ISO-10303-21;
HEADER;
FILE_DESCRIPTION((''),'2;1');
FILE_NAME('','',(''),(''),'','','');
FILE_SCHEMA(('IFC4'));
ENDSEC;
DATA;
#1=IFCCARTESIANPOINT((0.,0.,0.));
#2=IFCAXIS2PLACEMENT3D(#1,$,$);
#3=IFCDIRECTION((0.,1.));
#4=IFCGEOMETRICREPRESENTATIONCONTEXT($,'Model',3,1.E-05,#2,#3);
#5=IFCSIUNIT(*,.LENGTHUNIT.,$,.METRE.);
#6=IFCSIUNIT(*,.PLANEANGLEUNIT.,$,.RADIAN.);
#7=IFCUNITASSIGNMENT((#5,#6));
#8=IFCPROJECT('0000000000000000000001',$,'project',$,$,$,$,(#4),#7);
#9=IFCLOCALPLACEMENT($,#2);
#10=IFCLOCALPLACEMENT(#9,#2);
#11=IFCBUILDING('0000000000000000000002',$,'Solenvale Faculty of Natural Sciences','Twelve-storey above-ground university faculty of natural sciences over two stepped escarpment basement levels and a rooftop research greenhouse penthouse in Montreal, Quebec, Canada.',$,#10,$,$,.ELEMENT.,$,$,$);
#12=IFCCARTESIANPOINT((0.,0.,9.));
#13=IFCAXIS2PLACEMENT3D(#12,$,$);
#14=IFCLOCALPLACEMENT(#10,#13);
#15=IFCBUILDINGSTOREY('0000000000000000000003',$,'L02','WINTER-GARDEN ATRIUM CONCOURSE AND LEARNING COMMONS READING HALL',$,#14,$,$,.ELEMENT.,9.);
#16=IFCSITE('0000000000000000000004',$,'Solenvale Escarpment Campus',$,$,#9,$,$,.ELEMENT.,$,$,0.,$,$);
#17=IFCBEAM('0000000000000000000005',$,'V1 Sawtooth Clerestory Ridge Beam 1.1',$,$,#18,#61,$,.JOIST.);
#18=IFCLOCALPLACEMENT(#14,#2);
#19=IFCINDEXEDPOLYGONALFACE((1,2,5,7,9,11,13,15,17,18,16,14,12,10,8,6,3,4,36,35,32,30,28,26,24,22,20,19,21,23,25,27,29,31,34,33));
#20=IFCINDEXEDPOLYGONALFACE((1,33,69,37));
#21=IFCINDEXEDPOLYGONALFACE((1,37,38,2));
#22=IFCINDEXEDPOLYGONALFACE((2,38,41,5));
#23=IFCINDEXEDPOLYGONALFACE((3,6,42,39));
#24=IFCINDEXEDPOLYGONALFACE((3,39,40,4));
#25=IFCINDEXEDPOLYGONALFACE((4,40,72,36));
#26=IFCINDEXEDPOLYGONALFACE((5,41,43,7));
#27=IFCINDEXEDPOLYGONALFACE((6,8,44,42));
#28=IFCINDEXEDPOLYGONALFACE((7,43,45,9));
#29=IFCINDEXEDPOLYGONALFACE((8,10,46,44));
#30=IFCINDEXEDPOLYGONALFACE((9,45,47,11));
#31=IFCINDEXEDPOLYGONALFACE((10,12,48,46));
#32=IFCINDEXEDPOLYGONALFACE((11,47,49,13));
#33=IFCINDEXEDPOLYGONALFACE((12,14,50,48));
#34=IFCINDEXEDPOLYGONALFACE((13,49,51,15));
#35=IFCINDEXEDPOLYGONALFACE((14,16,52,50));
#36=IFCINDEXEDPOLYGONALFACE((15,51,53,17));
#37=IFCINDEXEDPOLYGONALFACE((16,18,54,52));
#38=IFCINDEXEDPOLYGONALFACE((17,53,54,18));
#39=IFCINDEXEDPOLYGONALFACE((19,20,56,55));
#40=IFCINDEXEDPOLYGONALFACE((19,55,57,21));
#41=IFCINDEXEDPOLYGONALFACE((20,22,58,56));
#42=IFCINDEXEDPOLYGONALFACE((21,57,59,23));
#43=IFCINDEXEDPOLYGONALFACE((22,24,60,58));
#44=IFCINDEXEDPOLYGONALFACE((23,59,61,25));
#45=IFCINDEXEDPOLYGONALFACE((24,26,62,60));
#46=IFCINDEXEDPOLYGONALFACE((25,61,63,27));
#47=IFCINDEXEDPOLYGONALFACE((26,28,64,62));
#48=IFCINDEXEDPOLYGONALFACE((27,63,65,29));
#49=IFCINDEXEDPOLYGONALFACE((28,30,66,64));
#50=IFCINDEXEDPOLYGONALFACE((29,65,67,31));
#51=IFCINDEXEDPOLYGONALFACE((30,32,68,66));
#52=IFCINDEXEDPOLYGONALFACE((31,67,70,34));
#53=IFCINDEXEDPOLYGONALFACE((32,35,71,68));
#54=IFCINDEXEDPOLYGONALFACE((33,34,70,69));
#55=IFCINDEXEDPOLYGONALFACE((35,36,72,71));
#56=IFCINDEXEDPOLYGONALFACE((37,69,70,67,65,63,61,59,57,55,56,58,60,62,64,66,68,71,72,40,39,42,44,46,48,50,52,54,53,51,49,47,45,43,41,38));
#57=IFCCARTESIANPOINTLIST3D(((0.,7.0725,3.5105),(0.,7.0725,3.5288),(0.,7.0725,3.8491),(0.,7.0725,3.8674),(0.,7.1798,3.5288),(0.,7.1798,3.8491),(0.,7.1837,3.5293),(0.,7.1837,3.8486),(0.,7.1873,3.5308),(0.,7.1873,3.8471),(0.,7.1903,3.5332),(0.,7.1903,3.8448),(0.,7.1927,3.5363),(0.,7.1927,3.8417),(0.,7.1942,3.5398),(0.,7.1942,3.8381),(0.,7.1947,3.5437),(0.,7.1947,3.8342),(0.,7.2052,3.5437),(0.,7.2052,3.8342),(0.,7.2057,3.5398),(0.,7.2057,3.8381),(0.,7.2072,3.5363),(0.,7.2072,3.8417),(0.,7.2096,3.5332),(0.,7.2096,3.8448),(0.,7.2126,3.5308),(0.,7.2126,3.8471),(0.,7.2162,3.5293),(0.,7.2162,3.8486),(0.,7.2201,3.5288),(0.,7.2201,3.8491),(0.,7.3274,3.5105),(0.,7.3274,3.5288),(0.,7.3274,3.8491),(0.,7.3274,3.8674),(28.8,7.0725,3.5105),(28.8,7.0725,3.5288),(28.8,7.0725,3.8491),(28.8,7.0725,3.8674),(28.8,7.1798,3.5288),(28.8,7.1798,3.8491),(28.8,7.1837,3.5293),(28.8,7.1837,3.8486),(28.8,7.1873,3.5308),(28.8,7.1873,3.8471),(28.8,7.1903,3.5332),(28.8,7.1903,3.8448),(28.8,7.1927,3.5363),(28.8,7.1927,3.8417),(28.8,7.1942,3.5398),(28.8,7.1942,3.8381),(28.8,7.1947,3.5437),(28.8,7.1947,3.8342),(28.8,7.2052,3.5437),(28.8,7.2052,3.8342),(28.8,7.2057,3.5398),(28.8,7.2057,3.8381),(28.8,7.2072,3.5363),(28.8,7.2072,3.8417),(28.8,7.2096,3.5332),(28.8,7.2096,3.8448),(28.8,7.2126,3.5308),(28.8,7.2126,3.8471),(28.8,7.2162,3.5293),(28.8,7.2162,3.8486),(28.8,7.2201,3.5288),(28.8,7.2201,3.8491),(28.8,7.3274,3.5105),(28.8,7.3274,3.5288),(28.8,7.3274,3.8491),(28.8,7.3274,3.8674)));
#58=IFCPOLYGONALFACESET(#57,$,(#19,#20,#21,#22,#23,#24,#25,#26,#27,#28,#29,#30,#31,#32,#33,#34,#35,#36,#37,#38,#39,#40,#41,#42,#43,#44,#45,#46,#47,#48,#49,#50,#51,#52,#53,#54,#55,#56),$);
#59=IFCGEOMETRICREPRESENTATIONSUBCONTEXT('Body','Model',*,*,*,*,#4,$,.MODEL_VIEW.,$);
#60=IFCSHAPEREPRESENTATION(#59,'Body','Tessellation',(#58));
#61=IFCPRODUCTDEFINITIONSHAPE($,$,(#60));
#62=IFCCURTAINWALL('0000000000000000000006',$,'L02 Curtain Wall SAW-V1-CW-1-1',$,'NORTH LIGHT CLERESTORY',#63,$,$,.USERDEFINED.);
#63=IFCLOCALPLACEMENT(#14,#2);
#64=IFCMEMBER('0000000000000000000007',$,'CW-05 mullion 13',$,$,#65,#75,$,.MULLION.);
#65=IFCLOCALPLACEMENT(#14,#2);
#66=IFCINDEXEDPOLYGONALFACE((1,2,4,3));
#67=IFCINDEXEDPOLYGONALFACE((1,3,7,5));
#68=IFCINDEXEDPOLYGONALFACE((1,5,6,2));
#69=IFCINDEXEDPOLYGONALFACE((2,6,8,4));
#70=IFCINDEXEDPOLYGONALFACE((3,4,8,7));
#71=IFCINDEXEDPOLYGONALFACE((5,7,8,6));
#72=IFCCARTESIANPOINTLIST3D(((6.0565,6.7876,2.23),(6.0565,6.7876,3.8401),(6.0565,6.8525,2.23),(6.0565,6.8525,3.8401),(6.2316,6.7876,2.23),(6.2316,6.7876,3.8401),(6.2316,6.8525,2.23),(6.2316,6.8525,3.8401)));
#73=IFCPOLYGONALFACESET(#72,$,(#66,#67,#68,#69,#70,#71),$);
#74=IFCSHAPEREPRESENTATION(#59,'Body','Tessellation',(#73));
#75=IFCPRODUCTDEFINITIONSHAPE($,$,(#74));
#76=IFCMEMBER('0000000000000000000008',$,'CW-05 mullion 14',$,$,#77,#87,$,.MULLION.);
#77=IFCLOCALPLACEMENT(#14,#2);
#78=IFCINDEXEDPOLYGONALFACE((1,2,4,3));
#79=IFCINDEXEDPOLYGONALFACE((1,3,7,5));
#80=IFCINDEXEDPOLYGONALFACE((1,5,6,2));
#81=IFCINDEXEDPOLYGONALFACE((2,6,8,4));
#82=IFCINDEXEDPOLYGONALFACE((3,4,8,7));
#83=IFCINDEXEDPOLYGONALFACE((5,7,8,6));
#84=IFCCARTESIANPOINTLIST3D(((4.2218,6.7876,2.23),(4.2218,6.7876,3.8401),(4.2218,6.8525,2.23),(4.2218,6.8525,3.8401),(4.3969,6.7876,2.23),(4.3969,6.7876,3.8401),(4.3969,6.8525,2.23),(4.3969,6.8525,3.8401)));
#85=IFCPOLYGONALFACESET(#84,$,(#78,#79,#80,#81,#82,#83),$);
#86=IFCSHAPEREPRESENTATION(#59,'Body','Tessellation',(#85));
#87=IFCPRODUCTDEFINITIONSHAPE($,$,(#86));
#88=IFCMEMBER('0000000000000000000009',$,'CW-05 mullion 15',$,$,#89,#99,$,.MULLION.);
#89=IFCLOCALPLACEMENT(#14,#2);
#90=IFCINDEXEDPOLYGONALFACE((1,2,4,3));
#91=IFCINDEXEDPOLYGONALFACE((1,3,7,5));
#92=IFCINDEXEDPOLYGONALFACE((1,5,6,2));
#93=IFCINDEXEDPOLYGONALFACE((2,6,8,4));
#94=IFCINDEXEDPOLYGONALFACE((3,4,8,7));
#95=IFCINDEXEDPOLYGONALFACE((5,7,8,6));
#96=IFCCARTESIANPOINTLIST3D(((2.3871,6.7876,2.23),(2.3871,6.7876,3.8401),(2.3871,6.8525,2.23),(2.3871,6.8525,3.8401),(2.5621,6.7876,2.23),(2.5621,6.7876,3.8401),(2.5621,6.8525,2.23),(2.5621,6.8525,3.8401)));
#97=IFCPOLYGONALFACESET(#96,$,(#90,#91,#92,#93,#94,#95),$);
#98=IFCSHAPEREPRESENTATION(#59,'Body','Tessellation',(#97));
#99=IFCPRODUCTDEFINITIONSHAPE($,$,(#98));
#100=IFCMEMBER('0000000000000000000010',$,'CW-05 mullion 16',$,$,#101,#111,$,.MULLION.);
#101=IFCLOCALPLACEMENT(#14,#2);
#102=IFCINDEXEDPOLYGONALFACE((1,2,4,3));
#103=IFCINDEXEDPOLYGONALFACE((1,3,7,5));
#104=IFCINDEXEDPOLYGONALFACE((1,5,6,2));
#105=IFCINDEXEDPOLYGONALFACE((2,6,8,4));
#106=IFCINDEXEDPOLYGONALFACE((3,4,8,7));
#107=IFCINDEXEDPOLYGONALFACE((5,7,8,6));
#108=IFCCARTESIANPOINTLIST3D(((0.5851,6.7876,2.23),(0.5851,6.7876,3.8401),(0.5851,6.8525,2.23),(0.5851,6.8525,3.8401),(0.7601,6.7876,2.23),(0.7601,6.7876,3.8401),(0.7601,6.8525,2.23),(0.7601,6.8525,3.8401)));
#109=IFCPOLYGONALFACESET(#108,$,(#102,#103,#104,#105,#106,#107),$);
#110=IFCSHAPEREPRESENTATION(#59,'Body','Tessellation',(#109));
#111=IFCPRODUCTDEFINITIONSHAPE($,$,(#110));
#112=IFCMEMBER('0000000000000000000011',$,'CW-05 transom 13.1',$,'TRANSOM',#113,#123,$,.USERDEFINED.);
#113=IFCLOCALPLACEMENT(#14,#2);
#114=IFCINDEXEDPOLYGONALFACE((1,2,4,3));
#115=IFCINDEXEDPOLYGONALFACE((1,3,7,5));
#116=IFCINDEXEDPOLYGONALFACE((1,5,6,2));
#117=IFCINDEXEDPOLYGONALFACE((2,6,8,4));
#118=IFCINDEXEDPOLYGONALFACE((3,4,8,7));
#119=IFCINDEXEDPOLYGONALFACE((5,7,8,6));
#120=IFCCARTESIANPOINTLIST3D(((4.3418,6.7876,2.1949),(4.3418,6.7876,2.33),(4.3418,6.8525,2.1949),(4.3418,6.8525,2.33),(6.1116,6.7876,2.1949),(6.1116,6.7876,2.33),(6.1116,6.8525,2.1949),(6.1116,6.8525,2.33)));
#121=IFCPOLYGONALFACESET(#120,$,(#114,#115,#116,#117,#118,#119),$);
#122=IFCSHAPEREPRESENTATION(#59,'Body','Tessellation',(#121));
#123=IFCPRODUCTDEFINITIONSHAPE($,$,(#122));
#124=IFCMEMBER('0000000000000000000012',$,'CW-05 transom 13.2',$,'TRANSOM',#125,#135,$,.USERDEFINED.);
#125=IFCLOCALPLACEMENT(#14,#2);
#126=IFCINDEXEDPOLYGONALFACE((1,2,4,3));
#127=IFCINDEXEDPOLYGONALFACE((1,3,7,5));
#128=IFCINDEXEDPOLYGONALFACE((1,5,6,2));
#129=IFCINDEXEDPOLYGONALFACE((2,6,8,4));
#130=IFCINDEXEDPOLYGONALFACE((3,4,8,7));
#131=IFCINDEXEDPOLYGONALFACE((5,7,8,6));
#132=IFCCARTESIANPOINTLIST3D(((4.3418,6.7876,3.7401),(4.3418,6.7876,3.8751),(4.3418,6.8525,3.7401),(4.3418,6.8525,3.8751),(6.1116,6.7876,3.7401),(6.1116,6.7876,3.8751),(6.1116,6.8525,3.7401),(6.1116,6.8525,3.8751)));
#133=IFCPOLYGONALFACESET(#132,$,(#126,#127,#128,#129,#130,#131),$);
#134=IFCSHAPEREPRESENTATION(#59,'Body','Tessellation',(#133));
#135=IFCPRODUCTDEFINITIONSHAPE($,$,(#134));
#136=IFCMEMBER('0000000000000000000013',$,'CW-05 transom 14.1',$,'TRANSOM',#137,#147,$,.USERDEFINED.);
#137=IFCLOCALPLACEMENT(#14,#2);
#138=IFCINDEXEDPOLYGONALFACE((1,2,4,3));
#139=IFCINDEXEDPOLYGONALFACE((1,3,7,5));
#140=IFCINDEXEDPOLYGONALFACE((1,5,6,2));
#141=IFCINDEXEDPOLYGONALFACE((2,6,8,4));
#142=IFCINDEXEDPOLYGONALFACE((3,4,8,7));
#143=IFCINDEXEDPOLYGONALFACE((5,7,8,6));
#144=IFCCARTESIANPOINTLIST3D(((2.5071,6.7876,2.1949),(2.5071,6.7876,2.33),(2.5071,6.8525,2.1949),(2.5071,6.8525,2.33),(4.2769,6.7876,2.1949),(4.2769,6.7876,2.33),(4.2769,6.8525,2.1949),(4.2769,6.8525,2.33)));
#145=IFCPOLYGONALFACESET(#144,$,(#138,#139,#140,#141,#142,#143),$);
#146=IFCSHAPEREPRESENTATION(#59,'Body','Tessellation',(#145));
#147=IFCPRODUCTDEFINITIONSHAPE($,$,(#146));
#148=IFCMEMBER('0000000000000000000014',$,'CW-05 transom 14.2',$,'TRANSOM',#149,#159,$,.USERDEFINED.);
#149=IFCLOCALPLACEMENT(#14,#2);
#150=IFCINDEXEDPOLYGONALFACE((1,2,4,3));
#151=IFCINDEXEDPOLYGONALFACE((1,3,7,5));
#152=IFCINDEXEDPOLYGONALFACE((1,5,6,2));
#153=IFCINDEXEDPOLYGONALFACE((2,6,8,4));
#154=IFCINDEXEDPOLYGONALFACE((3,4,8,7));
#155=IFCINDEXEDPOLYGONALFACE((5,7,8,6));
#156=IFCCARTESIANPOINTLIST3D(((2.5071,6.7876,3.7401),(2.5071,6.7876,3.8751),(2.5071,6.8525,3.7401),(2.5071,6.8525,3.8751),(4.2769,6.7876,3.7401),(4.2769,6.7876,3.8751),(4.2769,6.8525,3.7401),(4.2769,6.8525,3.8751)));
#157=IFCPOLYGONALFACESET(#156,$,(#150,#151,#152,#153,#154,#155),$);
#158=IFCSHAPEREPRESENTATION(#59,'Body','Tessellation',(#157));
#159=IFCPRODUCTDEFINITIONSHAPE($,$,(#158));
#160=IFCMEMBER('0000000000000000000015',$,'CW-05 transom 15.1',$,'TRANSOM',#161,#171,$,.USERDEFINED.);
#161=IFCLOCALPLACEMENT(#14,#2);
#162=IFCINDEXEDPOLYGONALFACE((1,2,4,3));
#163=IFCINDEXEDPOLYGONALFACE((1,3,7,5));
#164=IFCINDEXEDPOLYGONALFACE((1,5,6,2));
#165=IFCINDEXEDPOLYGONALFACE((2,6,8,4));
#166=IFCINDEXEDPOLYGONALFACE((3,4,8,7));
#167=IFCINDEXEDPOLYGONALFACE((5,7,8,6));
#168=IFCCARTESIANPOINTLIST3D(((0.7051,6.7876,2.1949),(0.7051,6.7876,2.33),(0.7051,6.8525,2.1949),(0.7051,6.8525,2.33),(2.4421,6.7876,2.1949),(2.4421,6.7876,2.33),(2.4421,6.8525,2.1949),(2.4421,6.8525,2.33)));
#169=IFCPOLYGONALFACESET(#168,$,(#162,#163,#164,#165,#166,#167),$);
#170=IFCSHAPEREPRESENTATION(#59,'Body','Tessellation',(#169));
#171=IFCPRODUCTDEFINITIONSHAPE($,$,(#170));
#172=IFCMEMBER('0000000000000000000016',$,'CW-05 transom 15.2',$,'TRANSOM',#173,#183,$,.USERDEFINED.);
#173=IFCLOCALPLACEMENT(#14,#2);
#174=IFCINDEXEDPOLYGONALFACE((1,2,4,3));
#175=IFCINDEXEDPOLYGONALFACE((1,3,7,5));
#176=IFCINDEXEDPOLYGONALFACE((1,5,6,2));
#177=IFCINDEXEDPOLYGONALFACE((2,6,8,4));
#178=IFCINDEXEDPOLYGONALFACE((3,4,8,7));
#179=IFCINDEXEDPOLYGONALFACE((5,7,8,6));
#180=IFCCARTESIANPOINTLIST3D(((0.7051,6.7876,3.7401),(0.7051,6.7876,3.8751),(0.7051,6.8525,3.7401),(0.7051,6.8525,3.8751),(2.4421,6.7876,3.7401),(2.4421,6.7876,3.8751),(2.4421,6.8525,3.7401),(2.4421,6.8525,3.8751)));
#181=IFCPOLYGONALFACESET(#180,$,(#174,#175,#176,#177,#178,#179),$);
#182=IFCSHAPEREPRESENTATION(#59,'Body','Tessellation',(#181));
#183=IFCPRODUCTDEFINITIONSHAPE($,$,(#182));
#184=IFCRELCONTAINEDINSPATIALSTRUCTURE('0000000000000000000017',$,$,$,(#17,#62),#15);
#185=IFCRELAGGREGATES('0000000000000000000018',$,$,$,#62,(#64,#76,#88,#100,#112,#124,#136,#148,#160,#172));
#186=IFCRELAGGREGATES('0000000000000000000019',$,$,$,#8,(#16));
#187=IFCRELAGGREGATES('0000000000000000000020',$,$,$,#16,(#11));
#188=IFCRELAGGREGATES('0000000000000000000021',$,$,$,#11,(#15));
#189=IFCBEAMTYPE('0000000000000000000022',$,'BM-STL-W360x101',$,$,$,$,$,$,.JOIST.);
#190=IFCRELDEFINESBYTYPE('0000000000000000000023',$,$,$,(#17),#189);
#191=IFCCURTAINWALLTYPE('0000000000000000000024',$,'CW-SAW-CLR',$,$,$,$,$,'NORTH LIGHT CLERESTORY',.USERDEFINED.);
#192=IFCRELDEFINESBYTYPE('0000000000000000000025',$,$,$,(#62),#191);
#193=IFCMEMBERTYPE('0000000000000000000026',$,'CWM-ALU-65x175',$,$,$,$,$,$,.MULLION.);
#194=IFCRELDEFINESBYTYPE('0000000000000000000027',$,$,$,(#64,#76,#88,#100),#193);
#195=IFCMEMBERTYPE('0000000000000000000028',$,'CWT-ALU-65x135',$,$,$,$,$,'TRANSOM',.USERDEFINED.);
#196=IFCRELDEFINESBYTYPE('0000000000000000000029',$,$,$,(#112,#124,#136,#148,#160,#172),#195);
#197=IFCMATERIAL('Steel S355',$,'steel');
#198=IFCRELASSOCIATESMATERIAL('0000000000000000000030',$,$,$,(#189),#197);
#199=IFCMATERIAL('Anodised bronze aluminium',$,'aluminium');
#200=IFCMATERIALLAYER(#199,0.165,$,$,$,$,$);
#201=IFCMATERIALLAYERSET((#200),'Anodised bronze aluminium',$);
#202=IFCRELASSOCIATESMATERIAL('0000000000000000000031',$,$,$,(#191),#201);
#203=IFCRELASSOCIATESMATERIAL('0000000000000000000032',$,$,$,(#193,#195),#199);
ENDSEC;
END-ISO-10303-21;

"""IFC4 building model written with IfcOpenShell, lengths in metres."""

from ifc_helpers import new_model, si_unit, direction, frame, origin, origin_2d, place, context, subcontext, project, spatial, rectangle, i_section, extrude, material, layer, layer_set, material_profile, profile_set, type_object, element, aggregate, save


model = new_model("IFC4")

# Units and contexts
model_context = context("Model", 3, precision=1e-05, world=origin(), true_north=direction((0.0, 1.0)))
body_context = subcontext(model_context, "Body", "Model", "MODEL_VIEW")
ifc_project = project(units=[si_unit("LENGTHUNIT", "METRE"), si_unit("PLANEANGLEUNIT", "RADIAN")], contexts=[model_context])

# Site, building, storey
site_placement = place(None, origin())
site = spatial("IfcSite", under=ifc_project, at=site_placement, Name="Solenvale Escarpment Campus", CompositionType="ELEMENT", RefElevation=0.0)
building_placement = place(site_placement, origin())
building = spatial("IfcBuilding", under=site, at=building_placement, Name="Solenvale Faculty of Natural Sciences", Description="Twelve-storey above-ground university faculty of natural sciences over two stepped escarpment basement levels and a rooftop research greenhouse penthouse in Montreal, Quebec, Canada.", CompositionType="ELEMENT")
storey_placement = place(building_placement, frame((0.0, 0.0, 9.0)))
storey = spatial("IfcBuildingStorey", under=building, at=storey_placement, Name="L02", Description="WINTER-GARDEN ATRIUM CONCOURSE AND LEARNING COMMONS READING HALL", CompositionType="ELEMENT", Elevation=9.0)

# Shared definitions
ifc_material_1 = material(Name="Steel S355", Category="steel")

# Beam
ifc_material_profile_1 = material_profile(ifc_material_1, i_section(OverallWidth=0.2549, OverallDepth=0.3569, WebThickness=0.0105, FlangeThickness=0.0183, FilletRadius=0.0149, at=origin_2d()), Name="W360x101")
ifc_profile_set_1 = profile_set([ifc_material_profile_1], Name="Steel S355")
beam_type_1 = type_object("IfcBeamType", Name="BM-STL-W360x101", PredefinedType="JOIST", material=ifc_profile_set_1)
beam_placement = place(storey_placement, frame((0.0, 7.2, 3.689), z_axis=(1.0, 0.0, 0.0), x_axis=(0.0, 1.0, 0.0)))
element("IfcBeam", 1, at=beam_placement, inside=storey, type_object=beam_type_1, Name="V1 Sawtooth Clerestory Ridge Beam 1.1", PredefinedType="JOIST", context=body_context, shape_type="SweptSolid", body=[
    extrude(i_section(OverallWidth=0.2549, OverallDepth=0.3569, WebThickness=0.0105, FlangeThickness=0.0183, FilletRadius=0.0149, at=origin_2d()), origin(), (0.0, 0.0, 1.0), 28.8),
])

# Curtain wall, members
ifc_material_2 = material(Name="Anodised bronze aluminium", Category="aluminium")
ifc_layer_1 = layer(ifc_material_2, 0.165)
ifc_layer_set_1 = layer_set([ifc_layer_1], Name="Anodised bronze aluminium")
curtain_wall_type = type_object("IfcCurtainWallType", Name="CW-SAW-CLR", ElementType="NORTH LIGHT CLERESTORY", PredefinedType="USERDEFINED", material=ifc_layer_set_1)
curtain_wall_placement = place(storey_placement, origin())
curtain_wall = element("IfcCurtainWall", 2, at=curtain_wall_placement, inside=storey, type_object=curtain_wall_type, Name="L02 Curtain Wall SAW-V1-CW-1-1", ObjectType="NORTH LIGHT CLERESTORY", PredefinedType="USERDEFINED")
ifc_material_profile_2 = material_profile(ifc_material_2, rectangle(XDim=0.0649, YDim=0.175, at=origin_2d()), Name="ALU-MUL-65x175")
ifc_profile_set_2 = profile_set([ifc_material_profile_2], Name="Anodised bronze aluminium")
member_type_1 = type_object("IfcMemberType", Name="CWM-ALU-65x175", PredefinedType="MULLION", material=ifc_profile_set_2)
member_1_placement = place(storey_placement, frame((6.144, 6.8201, 2.23), z_axis=(0.0, 0.0, 1.0), x_axis=(0.0, -1.0, 0.0)))
member_1 = element("IfcMember", 3, at=member_1_placement, type_object=member_type_1, Name="CW-05 mullion 13", PredefinedType="MULLION", context=body_context, shape_type="SweptSolid", body=[
    extrude(rectangle(XDim=0.0649, YDim=0.175, at=origin_2d()), origin(), (0.0, 0.0, 1.0), 1.6101),
])
member_2_placement = place(storey_placement, frame((4.3093, 6.8201, 2.23), z_axis=(0.0, 0.0, 1.0), x_axis=(0.0, -1.0, 0.0)))
member_2 = element("IfcMember", 4, at=member_2_placement, type_object=member_type_1, Name="CW-05 mullion 14", PredefinedType="MULLION", context=body_context, shape_type="SweptSolid", body=[
    extrude(rectangle(XDim=0.0649, YDim=0.175, at=origin_2d()), origin(), (0.0, 0.0, 1.0), 1.6101),
])
member_3_placement = place(storey_placement, frame((2.4746, 6.8201, 2.23), z_axis=(0.0, 0.0, 1.0), x_axis=(0.0, -1.0, 0.0)))
member_3 = element("IfcMember", 5, at=member_3_placement, type_object=member_type_1, Name="CW-05 mullion 15", PredefinedType="MULLION", context=body_context, shape_type="SweptSolid", body=[
    extrude(rectangle(XDim=0.0649, YDim=0.175, at=origin_2d()), origin(), (0.0, 0.0, 1.0), 1.6101),
])
member_4_placement = place(storey_placement, frame((0.6726, 6.8201, 2.23), z_axis=(0.0, 0.0, 1.0), x_axis=(0.0, -1.0, 0.0)))
member_4 = element("IfcMember", 6, at=member_4_placement, type_object=member_type_1, Name="CW-05 mullion 16", PredefinedType="MULLION", context=body_context, shape_type="SweptSolid", body=[
    extrude(rectangle(XDim=0.0649, YDim=0.175, at=origin_2d()), origin(), (0.0, 0.0, 1.0), 1.6101),
])
ifc_material_profile_3 = material_profile(ifc_material_2, rectangle(XDim=0.0649, YDim=0.135, at=origin_2d()), Name="ALU-TRN-65x135")
ifc_profile_set_3 = profile_set([ifc_material_profile_3], Name="Anodised bronze aluminium")
member_type_2 = type_object("IfcMemberType", Name="CWT-ALU-65x135", ElementType="TRANSOM", PredefinedType="USERDEFINED", material=ifc_profile_set_3)
member_5_placement = place(storey_placement, frame((6.1116, 6.8201, 2.2625), z_axis=(-1.0, 0.0, 0.0), x_axis=(0.0, -1.0, 0.0)))
member_5 = element("IfcMember", 7, at=member_5_placement, type_object=member_type_2, Name="CW-05 transom 13.1", ObjectType="TRANSOM", PredefinedType="USERDEFINED", context=body_context, shape_type="SweptSolid", body=[
    extrude(rectangle(XDim=0.0649, YDim=0.135, at=origin_2d()), origin(), (0.0, 0.0, 1.0), 1.7698),
])
member_6_placement = place(storey_placement, frame((6.1116, 6.8201, 3.8076), z_axis=(-1.0, 0.0, 0.0), x_axis=(0.0, -1.0, 0.0)))
member_6 = element("IfcMember", 8, at=member_6_placement, type_object=member_type_2, Name="CW-05 transom 13.2", ObjectType="TRANSOM", PredefinedType="USERDEFINED", context=body_context, shape_type="SweptSolid", body=[
    extrude(rectangle(XDim=0.0649, YDim=0.135, at=origin_2d()), origin(), (0.0, 0.0, 1.0), 1.7698),
])
member_7_placement = place(storey_placement, frame((4.2769, 6.8201, 2.2625), z_axis=(-1.0, 0.0, 0.0), x_axis=(0.0, -1.0, 0.0)))
member_7 = element("IfcMember", 9, at=member_7_placement, type_object=member_type_2, Name="CW-05 transom 14.1", ObjectType="TRANSOM", PredefinedType="USERDEFINED", context=body_context, shape_type="SweptSolid", body=[
    extrude(rectangle(XDim=0.0649, YDim=0.135, at=origin_2d()), origin(), (0.0, 0.0, 1.0), 1.7698),
])
member_8_placement = place(storey_placement, frame((4.2769, 6.8201, 3.8076), z_axis=(-1.0, 0.0, 0.0), x_axis=(0.0, -1.0, 0.0)))
member_8 = element("IfcMember", 10, at=member_8_placement, type_object=member_type_2, Name="CW-05 transom 14.2", ObjectType="TRANSOM", PredefinedType="USERDEFINED", context=body_context, shape_type="SweptSolid", body=[
    extrude(rectangle(XDim=0.0649, YDim=0.135, at=origin_2d()), origin(), (0.0, 0.0, 1.0), 1.7698),
])
member_9_placement = place(storey_placement, frame((2.4421, 6.8201, 2.2625), z_axis=(-1.0, 0.0, 0.0), x_axis=(0.0, -1.0, 0.0)))
member_9 = element("IfcMember", 11, at=member_9_placement, type_object=member_type_2, Name="CW-05 transom 15.1", ObjectType="TRANSOM", PredefinedType="USERDEFINED", context=body_context, shape_type="SweptSolid", body=[
    extrude(rectangle(XDim=0.0649, YDim=0.135, at=origin_2d()), origin(), (0.0, 0.0, 1.0), 1.7371),
])
member_10_placement = place(storey_placement, frame((2.4421, 6.8201, 3.8076), z_axis=(-1.0, 0.0, 0.0), x_axis=(0.0, -1.0, 0.0)))
member_10 = element("IfcMember", 12, at=member_10_placement, type_object=member_type_2, Name="CW-05 transom 15.2", ObjectType="TRANSOM", PredefinedType="USERDEFINED", context=body_context, shape_type="SweptSolid", body=[
    extrude(rectangle(XDim=0.0649, YDim=0.135, at=origin_2d()), origin(), (0.0, 0.0, 1.0), 1.7371),
])

aggregate(curtain_wall, [member_1, member_2, member_3, member_4, member_5, member_6, member_7, member_8, member_9, member_10])

save(model, "model.ifc")
